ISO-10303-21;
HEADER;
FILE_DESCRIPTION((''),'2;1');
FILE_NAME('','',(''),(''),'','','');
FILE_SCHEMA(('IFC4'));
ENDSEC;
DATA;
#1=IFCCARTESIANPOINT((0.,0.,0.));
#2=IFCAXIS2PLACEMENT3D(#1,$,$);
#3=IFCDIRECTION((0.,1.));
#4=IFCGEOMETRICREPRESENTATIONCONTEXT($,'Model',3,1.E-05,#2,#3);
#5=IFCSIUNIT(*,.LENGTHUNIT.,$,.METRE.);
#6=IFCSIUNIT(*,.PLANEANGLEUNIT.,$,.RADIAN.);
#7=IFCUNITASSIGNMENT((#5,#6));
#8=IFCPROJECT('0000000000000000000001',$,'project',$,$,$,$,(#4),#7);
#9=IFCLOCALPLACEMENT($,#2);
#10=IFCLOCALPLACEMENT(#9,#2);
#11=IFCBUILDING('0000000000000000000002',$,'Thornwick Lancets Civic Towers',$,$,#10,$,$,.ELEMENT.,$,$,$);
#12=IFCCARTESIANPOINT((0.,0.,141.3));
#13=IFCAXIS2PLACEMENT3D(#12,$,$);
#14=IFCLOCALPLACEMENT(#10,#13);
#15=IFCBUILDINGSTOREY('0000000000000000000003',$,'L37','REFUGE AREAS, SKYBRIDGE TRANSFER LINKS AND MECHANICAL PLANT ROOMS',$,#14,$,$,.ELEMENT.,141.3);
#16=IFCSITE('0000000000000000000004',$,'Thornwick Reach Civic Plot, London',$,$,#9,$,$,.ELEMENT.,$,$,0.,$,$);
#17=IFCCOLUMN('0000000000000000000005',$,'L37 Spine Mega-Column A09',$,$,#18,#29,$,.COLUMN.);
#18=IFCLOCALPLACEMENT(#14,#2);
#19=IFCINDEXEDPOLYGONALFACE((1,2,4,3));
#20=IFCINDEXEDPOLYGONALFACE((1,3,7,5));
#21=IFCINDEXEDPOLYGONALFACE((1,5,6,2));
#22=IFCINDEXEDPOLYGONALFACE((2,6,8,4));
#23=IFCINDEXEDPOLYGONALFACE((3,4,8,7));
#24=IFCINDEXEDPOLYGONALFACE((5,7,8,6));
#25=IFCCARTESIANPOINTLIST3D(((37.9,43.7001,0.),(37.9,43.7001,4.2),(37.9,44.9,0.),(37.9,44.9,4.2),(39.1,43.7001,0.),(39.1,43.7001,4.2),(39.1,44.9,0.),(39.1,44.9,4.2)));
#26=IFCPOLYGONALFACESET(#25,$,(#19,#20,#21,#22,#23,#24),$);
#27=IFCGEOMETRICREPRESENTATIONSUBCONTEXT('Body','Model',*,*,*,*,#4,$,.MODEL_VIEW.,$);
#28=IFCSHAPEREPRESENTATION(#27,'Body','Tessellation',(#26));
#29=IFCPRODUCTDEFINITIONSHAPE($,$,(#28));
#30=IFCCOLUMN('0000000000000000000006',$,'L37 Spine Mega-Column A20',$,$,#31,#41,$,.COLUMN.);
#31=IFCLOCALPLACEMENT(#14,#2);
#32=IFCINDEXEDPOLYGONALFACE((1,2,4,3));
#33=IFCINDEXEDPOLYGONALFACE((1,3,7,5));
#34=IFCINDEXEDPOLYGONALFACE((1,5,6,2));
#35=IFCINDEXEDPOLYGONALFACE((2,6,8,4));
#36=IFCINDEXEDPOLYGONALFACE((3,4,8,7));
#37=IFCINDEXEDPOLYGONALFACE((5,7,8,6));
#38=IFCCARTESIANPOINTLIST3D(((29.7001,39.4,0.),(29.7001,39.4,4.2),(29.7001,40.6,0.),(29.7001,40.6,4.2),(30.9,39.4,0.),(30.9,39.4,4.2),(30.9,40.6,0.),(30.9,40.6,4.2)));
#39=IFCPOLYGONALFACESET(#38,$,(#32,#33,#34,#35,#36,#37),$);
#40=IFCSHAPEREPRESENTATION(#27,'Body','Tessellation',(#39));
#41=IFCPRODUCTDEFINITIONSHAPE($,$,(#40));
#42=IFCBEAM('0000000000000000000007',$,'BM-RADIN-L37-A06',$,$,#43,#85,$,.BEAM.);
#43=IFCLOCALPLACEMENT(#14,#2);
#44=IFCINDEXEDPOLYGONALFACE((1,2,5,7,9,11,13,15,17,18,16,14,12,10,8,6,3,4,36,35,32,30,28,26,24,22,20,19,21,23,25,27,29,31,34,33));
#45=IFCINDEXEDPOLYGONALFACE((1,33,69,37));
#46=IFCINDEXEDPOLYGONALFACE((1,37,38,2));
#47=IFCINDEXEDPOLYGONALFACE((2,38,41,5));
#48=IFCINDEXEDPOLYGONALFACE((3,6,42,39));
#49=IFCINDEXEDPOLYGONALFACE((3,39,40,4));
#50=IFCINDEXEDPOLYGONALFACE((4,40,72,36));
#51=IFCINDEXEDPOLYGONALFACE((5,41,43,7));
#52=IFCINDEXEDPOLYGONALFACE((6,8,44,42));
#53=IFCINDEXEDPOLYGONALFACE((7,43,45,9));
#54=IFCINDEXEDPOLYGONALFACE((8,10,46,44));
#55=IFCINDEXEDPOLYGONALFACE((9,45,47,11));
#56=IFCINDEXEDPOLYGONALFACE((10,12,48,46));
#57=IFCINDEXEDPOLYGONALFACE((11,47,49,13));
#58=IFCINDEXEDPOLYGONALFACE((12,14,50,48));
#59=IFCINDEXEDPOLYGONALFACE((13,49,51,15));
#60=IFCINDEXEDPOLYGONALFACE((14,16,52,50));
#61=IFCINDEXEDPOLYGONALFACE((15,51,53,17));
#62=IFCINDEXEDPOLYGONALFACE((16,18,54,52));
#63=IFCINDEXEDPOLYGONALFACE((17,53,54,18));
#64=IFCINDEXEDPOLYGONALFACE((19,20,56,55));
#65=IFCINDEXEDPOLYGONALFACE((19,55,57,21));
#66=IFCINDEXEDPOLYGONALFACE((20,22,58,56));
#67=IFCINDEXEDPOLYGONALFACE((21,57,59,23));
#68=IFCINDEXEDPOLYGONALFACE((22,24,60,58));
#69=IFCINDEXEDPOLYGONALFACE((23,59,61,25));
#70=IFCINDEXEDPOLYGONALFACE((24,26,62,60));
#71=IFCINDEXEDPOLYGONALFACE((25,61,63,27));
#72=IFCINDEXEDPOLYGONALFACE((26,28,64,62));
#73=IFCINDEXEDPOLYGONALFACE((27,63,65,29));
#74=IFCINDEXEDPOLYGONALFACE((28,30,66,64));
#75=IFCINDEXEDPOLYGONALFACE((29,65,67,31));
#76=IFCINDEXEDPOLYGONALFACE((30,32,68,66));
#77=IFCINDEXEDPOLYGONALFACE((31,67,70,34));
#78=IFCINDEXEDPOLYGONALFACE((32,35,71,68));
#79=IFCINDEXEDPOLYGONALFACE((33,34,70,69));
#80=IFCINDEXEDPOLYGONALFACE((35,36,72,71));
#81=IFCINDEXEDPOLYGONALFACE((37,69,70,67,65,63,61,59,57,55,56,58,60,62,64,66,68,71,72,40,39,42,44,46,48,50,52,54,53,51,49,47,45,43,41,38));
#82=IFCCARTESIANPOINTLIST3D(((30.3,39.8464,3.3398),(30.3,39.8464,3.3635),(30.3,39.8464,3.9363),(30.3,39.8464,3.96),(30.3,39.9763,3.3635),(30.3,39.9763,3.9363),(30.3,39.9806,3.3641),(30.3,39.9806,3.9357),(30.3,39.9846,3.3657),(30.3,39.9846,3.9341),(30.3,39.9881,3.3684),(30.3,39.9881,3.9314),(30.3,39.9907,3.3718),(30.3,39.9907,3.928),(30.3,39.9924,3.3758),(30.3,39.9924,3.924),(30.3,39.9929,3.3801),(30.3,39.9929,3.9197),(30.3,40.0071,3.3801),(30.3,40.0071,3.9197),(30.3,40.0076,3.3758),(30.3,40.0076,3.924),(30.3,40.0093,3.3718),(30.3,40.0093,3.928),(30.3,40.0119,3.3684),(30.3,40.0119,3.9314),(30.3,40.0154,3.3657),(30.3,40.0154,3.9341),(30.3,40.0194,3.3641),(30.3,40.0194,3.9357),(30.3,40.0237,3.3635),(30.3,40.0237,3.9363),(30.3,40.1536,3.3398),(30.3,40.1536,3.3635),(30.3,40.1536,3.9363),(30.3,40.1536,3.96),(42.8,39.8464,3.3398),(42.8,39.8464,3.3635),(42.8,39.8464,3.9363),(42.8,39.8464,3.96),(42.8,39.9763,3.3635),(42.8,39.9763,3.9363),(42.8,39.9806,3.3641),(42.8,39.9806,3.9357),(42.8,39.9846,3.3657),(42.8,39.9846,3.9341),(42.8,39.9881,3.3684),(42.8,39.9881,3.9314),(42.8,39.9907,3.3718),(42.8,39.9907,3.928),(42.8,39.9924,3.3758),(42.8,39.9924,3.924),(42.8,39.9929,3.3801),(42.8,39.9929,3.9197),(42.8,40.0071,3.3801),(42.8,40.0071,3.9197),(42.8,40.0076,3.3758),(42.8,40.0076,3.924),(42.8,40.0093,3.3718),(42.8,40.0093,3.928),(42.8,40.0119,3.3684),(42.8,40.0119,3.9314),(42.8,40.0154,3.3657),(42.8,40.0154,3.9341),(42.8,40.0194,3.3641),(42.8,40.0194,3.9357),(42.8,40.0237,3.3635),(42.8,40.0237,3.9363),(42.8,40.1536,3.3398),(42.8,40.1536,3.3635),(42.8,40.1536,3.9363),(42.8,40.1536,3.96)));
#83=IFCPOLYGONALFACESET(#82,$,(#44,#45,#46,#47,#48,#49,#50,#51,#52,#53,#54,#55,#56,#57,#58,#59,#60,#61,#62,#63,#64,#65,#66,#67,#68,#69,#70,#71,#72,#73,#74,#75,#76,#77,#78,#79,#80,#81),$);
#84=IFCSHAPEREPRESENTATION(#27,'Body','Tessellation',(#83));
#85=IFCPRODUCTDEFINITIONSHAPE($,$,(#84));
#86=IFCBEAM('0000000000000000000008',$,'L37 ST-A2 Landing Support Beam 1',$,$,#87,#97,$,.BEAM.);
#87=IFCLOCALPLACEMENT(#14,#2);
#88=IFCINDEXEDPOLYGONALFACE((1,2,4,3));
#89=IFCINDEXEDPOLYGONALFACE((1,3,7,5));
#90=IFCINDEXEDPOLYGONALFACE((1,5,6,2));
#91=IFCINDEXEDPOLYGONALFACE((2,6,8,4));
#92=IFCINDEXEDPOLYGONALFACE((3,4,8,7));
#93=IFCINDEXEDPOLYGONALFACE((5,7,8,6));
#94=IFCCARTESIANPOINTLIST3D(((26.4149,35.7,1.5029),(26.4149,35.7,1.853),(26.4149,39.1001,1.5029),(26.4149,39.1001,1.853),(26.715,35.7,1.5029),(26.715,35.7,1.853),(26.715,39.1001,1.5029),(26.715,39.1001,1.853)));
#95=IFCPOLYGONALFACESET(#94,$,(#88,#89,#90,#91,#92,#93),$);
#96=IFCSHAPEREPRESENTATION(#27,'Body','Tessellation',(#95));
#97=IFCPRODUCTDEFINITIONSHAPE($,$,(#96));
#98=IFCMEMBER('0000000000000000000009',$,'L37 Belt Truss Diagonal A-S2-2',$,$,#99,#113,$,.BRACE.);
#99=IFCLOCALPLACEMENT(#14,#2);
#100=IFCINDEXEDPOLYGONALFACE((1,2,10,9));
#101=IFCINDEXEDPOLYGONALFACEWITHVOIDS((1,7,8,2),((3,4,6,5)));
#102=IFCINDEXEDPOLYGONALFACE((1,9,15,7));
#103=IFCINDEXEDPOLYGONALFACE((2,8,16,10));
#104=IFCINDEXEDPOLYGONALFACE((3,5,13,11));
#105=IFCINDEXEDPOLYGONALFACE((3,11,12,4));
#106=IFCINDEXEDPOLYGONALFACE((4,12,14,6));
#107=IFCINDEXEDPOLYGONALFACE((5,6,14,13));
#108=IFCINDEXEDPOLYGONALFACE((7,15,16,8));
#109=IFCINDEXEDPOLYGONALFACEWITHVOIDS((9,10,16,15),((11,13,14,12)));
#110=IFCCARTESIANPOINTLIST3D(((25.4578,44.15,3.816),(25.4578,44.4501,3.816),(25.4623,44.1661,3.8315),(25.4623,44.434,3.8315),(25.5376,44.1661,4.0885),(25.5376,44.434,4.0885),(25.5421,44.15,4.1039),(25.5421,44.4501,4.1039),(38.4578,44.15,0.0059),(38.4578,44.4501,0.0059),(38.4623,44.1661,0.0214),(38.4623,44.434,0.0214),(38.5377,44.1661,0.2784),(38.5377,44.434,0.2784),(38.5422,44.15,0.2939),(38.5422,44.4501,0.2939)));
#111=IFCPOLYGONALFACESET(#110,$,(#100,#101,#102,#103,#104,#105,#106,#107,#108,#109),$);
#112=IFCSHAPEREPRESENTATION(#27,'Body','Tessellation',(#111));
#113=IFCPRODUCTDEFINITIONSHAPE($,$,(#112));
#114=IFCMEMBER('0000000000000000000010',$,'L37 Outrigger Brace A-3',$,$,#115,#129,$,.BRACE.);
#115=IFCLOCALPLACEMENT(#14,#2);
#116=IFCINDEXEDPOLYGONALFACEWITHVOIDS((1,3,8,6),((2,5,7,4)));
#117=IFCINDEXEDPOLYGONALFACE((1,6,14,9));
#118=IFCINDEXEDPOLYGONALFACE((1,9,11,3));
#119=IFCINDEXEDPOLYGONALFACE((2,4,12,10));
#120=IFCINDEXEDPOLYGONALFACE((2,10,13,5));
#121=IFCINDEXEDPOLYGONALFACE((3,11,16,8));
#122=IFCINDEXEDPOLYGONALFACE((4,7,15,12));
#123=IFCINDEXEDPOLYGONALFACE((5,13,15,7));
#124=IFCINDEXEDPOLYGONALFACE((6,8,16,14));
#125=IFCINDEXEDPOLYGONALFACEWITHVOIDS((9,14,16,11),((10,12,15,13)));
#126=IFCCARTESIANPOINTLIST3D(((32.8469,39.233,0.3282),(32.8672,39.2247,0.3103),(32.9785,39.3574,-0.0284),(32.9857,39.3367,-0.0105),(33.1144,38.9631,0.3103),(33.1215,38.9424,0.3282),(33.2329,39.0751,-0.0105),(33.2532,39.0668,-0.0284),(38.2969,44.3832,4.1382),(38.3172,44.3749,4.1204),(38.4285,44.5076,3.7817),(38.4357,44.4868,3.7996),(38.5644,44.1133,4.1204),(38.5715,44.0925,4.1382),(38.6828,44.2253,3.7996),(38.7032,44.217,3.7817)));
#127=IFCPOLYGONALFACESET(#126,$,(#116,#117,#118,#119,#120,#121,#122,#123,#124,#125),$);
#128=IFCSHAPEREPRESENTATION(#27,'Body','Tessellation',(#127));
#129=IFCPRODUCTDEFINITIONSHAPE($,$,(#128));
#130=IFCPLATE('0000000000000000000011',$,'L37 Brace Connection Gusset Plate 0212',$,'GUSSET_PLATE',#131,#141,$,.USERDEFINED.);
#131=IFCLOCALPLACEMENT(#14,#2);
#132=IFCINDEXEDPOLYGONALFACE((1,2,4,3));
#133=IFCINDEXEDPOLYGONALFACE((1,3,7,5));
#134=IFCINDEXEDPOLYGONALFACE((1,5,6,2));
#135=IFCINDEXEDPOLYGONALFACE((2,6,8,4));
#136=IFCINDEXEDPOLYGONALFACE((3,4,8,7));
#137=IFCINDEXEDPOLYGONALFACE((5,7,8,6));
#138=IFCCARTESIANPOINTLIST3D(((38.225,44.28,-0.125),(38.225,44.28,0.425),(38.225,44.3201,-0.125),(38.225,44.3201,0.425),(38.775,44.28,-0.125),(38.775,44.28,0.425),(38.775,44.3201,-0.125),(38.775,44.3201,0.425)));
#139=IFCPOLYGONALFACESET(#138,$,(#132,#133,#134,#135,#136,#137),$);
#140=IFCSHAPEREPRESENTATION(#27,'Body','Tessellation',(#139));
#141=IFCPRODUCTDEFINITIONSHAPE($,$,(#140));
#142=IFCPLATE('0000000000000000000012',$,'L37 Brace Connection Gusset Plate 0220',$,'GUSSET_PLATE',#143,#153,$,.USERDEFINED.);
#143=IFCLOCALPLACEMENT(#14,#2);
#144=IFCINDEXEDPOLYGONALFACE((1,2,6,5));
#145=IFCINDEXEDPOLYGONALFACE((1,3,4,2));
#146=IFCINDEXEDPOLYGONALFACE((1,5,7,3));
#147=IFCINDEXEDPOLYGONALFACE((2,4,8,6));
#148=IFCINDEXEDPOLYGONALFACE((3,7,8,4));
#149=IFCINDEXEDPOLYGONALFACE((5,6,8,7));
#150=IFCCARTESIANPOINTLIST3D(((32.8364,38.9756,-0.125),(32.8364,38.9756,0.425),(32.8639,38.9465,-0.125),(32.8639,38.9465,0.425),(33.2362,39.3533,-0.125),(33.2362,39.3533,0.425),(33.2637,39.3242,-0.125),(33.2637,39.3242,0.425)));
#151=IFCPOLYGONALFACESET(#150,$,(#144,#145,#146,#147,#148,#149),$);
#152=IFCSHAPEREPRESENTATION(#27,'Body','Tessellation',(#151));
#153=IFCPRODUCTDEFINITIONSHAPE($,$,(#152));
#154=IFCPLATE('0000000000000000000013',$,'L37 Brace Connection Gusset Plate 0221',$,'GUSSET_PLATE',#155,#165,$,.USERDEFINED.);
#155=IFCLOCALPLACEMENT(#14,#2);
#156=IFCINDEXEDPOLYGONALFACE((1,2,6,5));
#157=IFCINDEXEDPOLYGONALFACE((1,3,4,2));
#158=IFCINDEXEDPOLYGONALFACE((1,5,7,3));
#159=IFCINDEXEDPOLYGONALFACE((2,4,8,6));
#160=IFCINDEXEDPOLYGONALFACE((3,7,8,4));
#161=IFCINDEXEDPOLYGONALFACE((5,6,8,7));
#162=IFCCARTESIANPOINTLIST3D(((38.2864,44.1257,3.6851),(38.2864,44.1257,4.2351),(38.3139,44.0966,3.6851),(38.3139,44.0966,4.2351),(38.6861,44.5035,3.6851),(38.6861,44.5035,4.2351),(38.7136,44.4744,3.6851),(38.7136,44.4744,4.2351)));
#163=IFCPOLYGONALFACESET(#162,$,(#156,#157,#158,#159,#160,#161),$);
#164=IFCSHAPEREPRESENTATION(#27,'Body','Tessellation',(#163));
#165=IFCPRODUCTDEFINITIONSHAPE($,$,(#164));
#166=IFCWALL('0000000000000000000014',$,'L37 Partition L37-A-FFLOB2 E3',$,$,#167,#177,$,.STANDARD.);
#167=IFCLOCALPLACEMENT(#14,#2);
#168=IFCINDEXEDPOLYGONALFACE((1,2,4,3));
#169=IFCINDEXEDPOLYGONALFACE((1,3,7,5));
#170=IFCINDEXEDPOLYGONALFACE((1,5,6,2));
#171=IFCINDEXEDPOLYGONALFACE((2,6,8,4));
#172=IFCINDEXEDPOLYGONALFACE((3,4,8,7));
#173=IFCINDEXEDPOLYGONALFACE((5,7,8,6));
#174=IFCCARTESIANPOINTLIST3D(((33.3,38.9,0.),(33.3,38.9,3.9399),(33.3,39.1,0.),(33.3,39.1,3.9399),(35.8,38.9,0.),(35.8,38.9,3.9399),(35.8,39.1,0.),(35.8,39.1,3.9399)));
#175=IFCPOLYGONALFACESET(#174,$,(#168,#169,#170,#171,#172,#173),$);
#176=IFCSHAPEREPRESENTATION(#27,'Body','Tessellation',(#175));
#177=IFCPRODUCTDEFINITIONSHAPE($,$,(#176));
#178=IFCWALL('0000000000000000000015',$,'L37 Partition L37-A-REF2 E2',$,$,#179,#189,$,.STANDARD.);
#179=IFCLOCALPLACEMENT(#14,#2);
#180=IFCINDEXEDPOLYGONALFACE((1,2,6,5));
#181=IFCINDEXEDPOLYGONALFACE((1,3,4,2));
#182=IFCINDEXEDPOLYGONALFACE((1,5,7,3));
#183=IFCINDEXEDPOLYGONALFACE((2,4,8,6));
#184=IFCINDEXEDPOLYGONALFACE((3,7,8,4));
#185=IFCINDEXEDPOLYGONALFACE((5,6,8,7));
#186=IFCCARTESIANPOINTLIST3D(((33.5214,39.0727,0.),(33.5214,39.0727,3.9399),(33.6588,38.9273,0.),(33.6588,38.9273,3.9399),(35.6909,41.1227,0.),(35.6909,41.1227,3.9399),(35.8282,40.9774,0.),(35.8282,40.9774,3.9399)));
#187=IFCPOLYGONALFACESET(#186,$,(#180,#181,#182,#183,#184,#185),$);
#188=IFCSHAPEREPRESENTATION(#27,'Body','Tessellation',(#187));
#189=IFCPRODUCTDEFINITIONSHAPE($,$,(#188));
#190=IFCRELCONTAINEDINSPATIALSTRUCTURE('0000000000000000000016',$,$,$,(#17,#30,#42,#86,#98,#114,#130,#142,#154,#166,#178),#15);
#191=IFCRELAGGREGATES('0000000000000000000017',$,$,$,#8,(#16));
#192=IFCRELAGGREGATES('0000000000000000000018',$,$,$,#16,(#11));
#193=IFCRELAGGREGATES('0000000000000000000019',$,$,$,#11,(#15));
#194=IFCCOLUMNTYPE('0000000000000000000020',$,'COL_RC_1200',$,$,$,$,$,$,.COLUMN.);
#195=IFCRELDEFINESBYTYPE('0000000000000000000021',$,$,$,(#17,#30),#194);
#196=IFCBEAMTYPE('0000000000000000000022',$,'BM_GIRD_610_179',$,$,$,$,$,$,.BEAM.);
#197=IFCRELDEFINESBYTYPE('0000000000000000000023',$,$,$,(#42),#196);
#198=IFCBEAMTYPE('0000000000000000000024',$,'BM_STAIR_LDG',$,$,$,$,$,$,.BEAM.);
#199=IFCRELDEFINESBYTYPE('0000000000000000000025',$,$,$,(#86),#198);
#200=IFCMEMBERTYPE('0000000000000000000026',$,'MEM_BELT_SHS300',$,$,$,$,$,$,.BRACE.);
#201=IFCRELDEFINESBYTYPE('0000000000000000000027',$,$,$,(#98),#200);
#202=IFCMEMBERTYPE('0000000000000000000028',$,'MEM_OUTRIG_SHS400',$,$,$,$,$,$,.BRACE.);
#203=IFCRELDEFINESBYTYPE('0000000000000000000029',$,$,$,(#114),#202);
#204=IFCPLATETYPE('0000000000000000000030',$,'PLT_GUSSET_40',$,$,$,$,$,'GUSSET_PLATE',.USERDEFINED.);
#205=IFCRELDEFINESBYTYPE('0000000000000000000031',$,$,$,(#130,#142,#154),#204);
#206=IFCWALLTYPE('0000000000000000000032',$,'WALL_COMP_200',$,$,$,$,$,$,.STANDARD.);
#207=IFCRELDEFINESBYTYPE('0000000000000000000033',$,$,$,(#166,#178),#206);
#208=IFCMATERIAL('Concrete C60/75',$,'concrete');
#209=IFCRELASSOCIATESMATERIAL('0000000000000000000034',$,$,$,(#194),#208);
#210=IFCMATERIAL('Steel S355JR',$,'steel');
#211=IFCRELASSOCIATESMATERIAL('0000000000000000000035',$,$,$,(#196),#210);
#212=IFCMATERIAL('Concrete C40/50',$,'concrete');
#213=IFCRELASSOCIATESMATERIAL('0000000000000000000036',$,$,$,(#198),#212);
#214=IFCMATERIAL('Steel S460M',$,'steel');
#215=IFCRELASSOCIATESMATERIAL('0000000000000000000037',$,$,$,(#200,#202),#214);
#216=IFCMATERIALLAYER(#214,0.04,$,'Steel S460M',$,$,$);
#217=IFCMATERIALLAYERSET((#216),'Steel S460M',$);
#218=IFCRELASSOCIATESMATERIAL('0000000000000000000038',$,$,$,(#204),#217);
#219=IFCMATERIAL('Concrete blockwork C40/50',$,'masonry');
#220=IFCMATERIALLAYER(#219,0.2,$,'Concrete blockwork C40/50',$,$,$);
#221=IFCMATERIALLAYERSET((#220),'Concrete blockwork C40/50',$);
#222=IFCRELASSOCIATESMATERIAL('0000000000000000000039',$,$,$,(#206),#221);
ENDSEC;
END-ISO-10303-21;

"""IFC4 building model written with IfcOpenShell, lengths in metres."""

from ifc_helpers import new_model, si_unit, direction, frame, frame_2d, origin, origin_2d, place, context, subcontext, project, spatial, rectangle, hollow_rectangle, i_section, extrude, material, layer, layer_set, material_profile, profile_set, type_object, element, save


model = new_model("IFC4")

# Units and contexts
model_context = context("Model", 3, precision=1e-05, world=origin(), true_north=direction((0.0, 1.0)))
body_context = subcontext(model_context, "Body", "Model", "MODEL_VIEW")
ifc_project = project(units=[si_unit("LENGTHUNIT", "METRE"), si_unit("PLANEANGLEUNIT", "RADIAN")], contexts=[model_context])

# Site, building, storey
site_placement = place(None, origin())
site = spatial("IfcSite", under=ifc_project, at=site_placement, Name="Thornwick Reach Civic Plot, London", CompositionType="ELEMENT", RefElevation=0.0)
building_placement = place(site_placement, origin())
building = spatial("IfcBuilding", under=site, at=building_placement, Name="Thornwick Lancets Civic Towers", CompositionType="ELEMENT")
storey_placement = place(building_placement, frame((0.0, 0.0, 141.3)))
storey = spatial("IfcBuildingStorey", under=building, at=storey_placement, Name="L37", Description="REFUGE AREAS, SKYBRIDGE TRANSFER LINKS AND MECHANICAL PLANT ROOMS", CompositionType="ELEMENT", Elevation=141.3)

# Columns
ifc_material_1 = material(Name="Concrete C60/75", Category="concrete")
ifc_material_profile_1 = material_profile(ifc_material_1, rectangle(XDim=1.2, YDim=1.2, at=origin_2d()), Name="RC 1200x1200")
ifc_profile_set_1 = profile_set([ifc_material_profile_1], Name="Concrete C60/75")
column_type = type_object("IfcColumnType", Name="COL_RC_1200", PredefinedType="COLUMN", material=ifc_profile_set_1)
for number, where, z_axis, x_axis, name in (
    (1, (38.5, 44.3, 0.0), (0.0, 0.0, 1.0), (1.0, 0.0, 0.0), "L37 Spine Mega-Column A09"),
    (2, (30.3, 40.0, 0.0), (0.0, 0.0, 1.0), (1.0, 0.0, 0.0), "L37 Spine Mega-Column A20"),
):
    element("IfcColumn", number, at=place(storey_placement, frame(where, z_axis=z_axis, x_axis=x_axis)), inside=storey, type_object=column_type, Name=name, PredefinedType="COLUMN", context=body_context, shape_type="SweptSolid", body=[
        extrude(rectangle(XDim=1.2, YDim=1.2, at=origin_2d()), origin(), (0.0, 0.0, 1.0), 4.2),
    ])

# Beams
ifc_material_2 = material(Name="Steel S355JR", Category="steel")
ifc_material_profile_2 = material_profile(ifc_material_2, i_section(OverallWidth=0.3071, OverallDepth=0.6201, WebThickness=0.0142, FlangeThickness=0.0237, FilletRadius=0.0166, at=origin_2d()), Name="UKB 610x305x179")
ifc_profile_set_2 = profile_set([ifc_material_profile_2], Name="Steel S355JR")
beam_type_1 = type_object("IfcBeamType", Name="BM_GIRD_610_179", PredefinedType="BEAM", material=ifc_profile_set_2)
beam_1_placement = place(storey_placement, frame((30.3, 40.0, 3.6499), z_axis=(1.0, 0.0, 0.0), x_axis=(0.0, 1.0, 0.0)))
element("IfcBeam", 3, at=beam_1_placement, inside=storey, type_object=beam_type_1, Name="BM-RADIN-L37-A06", PredefinedType="BEAM", context=body_context, shape_type="SweptSolid", body=[
    extrude(i_section(OverallWidth=0.3071, OverallDepth=0.6201, WebThickness=0.0142, FlangeThickness=0.0237, FilletRadius=0.0166, at=origin_2d()), origin(), (0.0, 0.0, 1.0), 12.5),
])
ifc_material_3 = material(Name="Concrete C40/50", Category="concrete")
ifc_material_profile_3 = material_profile(ifc_material_3, rectangle(XDim=0.3, YDim=0.3501, at=origin_2d()), Name="RC 300x350")
ifc_profile_set_3 = profile_set([ifc_material_profile_3], Name="Concrete C40/50")
beam_type_2 = type_object("IfcBeamType", Name="BM_STAIR_LDG", PredefinedType="BEAM", material=ifc_profile_set_3)
beam_2_placement = place(storey_placement, frame((26.5649, 39.1001, 1.678), z_axis=(0.0, -1.0, 0.0), x_axis=(1.0, 0.0, 0.0)))
element("IfcBeam", 4, at=beam_2_placement, inside=storey, type_object=beam_type_2, Name="L37 ST-A2 Landing Support Beam 1", PredefinedType="BEAM", context=body_context, shape_type="SweptSolid", body=[
    extrude(rectangle(XDim=0.3, YDim=0.3501, at=origin_2d()), origin(), (0.0, 0.0, 1.0), 3.4001),
])

# Members
ifc_material_4 = material(Name="Steel S460M", Category="steel")
ifc_material_profile_4 = material_profile(ifc_material_4, hollow_rectangle(XDim=0.3, YDim=0.3, WallThickness=0.0161, at=origin_2d()), Name="SHS 300x300x16")
ifc_profile_set_4 = profile_set([ifc_material_profile_4], Name="Steel S460M")
member_type_1 = type_object("IfcMemberType", Name="MEM_BELT_SHS300", PredefinedType="BRACE", material=ifc_profile_set_4)
member_1_placement = place(storey_placement, frame((38.5, 44.3, 0.1499), z_axis=(-0.959634, 0.0, 0.281251), x_axis=(0.0, -1.0, 0.0)))
element("IfcMember", 5, at=member_1_placement, inside=storey, type_object=member_type_1, Name="L37 Belt Truss Diagonal A-S2-2", PredefinedType="BRACE", context=body_context, shape_type="SweptSolid", body=[
    extrude(hollow_rectangle(XDim=0.3, YDim=0.3, WallThickness=0.0161, at=origin_2d()), origin(), (0.0, 0.0, 1.0), 13.5469),
])
ifc_material_profile_5 = material_profile(ifc_material_4, hollow_rectangle(XDim=0.3999, YDim=0.3999, WallThickness=0.02, at=origin_2d()), Name="SHS 400x400x20")
ifc_profile_set_5 = profile_set([ifc_material_profile_5], Name="Steel S460M")
member_type_2 = type_object("IfcMemberType", Name="MEM_OUTRIG_SHS400", PredefinedType="BRACE", material=ifc_profile_set_5)
member_2_placement = place(storey_placement, frame((33.05, 39.1499, 0.1499), z_axis=(0.647966, 0.612321, 0.452993), x_axis=(-0.686833, 0.726815, 0.0)))
element("IfcMember", 6, at=member_2_placement, inside=storey, type_object=member_type_2, Name="L37 Outrigger Brace A-3", PredefinedType="BRACE", context=body_context, shape_type="SweptSolid", body=[
    extrude(hollow_rectangle(XDim=0.3999, YDim=0.3999, WallThickness=0.02, at=origin_2d()), origin(), (0.0, 0.0, 1.0), 8.4109),
])

# Plates
ifc_layer_1 = layer(ifc_material_4, 0.04, Name="Steel S460M")
ifc_layer_set_1 = layer_set([ifc_layer_1], Name="Steel S460M")
plate_type = type_object("IfcPlateType", Name="PLT_GUSSET_40", ElementType="GUSSET_PLATE", PredefinedType="USERDEFINED", material=ifc_layer_set_1)
for number, where, z_axis, x_axis, name in (
    (7, (38.5, 44.3, -0.125), (0.0, 0.0, 1.0), (-1.0, 0.0, 0.0), "L37 Brace Connection Gusset Plate 0212"),
    (8, (33.05, 39.1499, -0.125), (0.0, 0.0, 1.0), (0.726814, 0.686834, 0.0), "L37 Brace Connection Gusset Plate 0220"),
    (9, (38.5, 44.3, 3.6851), (0.0, 0.0, 1.0), (0.726814, 0.686834, 0.0), "L37 Brace Connection Gusset Plate 0221"),
):
    element("IfcPlate", number, at=place(storey_placement, frame(where, z_axis=z_axis, x_axis=x_axis)), inside=storey, type_object=plate_type, Name=name, ObjectType="GUSSET_PLATE", PredefinedType="USERDEFINED", context=body_context, shape_type="SweptSolid", body=[
        extrude(rectangle(XDim=0.55, YDim=0.04, at=origin_2d()), origin(), (0.0, 0.0, 1.0), 0.55),
    ])

# Walls
ifc_material_5 = material(Name="Concrete blockwork C40/50", Category="masonry")
ifc_layer_2 = layer(ifc_material_5, 0.2, Name="Concrete blockwork C40/50")
ifc_layer_set_2 = layer_set([ifc_layer_2], Name="Concrete blockwork C40/50")
wall_type_1 = type_object("IfcWallType", Name="WALL_COMP_200", PredefinedType="STANDARD", material=ifc_layer_set_2)
wall_1_placement = place(storey_placement, frame((35.8, 39.0, 0.0), z_axis=(0.0, 0.0, 1.0), x_axis=(-1.0, 0.0, 0.0)))
element("IfcWall", 10, at=wall_1_placement, inside=storey, type_object=wall_type_1, Name="L37 Partition L37-A-FFLOB2 E3", PredefinedType="STANDARD", context=body_context, shape_type="SweptSolid", body=[
    extrude(rectangle(XDim=2.5, YDim=0.2, at=frame_2d((1.25, 0.0))), origin(), (0.0, 0.0, 1.0), 3.9399),
])
wall_2_placement = place(storey_placement, frame((33.5901, 39.0, 0.0), z_axis=(0.0, 0.0, 1.0), x_axis=(0.726823, 0.686825, 0.0)))
element("IfcWall", 11, at=wall_2_placement, inside=storey, type_object=wall_type_1, Name="L37 Partition L37-A-REF2 E2", PredefinedType="STANDARD", context=body_context, shape_type="SweptSolid", body=[
    extrude(rectangle(XDim=2.9849, YDim=0.2, at=frame_2d((1.4924, 0.0))), origin(), (0.0, 0.0, 1.0), 3.9399),
])

save(model, "model.ifc")
